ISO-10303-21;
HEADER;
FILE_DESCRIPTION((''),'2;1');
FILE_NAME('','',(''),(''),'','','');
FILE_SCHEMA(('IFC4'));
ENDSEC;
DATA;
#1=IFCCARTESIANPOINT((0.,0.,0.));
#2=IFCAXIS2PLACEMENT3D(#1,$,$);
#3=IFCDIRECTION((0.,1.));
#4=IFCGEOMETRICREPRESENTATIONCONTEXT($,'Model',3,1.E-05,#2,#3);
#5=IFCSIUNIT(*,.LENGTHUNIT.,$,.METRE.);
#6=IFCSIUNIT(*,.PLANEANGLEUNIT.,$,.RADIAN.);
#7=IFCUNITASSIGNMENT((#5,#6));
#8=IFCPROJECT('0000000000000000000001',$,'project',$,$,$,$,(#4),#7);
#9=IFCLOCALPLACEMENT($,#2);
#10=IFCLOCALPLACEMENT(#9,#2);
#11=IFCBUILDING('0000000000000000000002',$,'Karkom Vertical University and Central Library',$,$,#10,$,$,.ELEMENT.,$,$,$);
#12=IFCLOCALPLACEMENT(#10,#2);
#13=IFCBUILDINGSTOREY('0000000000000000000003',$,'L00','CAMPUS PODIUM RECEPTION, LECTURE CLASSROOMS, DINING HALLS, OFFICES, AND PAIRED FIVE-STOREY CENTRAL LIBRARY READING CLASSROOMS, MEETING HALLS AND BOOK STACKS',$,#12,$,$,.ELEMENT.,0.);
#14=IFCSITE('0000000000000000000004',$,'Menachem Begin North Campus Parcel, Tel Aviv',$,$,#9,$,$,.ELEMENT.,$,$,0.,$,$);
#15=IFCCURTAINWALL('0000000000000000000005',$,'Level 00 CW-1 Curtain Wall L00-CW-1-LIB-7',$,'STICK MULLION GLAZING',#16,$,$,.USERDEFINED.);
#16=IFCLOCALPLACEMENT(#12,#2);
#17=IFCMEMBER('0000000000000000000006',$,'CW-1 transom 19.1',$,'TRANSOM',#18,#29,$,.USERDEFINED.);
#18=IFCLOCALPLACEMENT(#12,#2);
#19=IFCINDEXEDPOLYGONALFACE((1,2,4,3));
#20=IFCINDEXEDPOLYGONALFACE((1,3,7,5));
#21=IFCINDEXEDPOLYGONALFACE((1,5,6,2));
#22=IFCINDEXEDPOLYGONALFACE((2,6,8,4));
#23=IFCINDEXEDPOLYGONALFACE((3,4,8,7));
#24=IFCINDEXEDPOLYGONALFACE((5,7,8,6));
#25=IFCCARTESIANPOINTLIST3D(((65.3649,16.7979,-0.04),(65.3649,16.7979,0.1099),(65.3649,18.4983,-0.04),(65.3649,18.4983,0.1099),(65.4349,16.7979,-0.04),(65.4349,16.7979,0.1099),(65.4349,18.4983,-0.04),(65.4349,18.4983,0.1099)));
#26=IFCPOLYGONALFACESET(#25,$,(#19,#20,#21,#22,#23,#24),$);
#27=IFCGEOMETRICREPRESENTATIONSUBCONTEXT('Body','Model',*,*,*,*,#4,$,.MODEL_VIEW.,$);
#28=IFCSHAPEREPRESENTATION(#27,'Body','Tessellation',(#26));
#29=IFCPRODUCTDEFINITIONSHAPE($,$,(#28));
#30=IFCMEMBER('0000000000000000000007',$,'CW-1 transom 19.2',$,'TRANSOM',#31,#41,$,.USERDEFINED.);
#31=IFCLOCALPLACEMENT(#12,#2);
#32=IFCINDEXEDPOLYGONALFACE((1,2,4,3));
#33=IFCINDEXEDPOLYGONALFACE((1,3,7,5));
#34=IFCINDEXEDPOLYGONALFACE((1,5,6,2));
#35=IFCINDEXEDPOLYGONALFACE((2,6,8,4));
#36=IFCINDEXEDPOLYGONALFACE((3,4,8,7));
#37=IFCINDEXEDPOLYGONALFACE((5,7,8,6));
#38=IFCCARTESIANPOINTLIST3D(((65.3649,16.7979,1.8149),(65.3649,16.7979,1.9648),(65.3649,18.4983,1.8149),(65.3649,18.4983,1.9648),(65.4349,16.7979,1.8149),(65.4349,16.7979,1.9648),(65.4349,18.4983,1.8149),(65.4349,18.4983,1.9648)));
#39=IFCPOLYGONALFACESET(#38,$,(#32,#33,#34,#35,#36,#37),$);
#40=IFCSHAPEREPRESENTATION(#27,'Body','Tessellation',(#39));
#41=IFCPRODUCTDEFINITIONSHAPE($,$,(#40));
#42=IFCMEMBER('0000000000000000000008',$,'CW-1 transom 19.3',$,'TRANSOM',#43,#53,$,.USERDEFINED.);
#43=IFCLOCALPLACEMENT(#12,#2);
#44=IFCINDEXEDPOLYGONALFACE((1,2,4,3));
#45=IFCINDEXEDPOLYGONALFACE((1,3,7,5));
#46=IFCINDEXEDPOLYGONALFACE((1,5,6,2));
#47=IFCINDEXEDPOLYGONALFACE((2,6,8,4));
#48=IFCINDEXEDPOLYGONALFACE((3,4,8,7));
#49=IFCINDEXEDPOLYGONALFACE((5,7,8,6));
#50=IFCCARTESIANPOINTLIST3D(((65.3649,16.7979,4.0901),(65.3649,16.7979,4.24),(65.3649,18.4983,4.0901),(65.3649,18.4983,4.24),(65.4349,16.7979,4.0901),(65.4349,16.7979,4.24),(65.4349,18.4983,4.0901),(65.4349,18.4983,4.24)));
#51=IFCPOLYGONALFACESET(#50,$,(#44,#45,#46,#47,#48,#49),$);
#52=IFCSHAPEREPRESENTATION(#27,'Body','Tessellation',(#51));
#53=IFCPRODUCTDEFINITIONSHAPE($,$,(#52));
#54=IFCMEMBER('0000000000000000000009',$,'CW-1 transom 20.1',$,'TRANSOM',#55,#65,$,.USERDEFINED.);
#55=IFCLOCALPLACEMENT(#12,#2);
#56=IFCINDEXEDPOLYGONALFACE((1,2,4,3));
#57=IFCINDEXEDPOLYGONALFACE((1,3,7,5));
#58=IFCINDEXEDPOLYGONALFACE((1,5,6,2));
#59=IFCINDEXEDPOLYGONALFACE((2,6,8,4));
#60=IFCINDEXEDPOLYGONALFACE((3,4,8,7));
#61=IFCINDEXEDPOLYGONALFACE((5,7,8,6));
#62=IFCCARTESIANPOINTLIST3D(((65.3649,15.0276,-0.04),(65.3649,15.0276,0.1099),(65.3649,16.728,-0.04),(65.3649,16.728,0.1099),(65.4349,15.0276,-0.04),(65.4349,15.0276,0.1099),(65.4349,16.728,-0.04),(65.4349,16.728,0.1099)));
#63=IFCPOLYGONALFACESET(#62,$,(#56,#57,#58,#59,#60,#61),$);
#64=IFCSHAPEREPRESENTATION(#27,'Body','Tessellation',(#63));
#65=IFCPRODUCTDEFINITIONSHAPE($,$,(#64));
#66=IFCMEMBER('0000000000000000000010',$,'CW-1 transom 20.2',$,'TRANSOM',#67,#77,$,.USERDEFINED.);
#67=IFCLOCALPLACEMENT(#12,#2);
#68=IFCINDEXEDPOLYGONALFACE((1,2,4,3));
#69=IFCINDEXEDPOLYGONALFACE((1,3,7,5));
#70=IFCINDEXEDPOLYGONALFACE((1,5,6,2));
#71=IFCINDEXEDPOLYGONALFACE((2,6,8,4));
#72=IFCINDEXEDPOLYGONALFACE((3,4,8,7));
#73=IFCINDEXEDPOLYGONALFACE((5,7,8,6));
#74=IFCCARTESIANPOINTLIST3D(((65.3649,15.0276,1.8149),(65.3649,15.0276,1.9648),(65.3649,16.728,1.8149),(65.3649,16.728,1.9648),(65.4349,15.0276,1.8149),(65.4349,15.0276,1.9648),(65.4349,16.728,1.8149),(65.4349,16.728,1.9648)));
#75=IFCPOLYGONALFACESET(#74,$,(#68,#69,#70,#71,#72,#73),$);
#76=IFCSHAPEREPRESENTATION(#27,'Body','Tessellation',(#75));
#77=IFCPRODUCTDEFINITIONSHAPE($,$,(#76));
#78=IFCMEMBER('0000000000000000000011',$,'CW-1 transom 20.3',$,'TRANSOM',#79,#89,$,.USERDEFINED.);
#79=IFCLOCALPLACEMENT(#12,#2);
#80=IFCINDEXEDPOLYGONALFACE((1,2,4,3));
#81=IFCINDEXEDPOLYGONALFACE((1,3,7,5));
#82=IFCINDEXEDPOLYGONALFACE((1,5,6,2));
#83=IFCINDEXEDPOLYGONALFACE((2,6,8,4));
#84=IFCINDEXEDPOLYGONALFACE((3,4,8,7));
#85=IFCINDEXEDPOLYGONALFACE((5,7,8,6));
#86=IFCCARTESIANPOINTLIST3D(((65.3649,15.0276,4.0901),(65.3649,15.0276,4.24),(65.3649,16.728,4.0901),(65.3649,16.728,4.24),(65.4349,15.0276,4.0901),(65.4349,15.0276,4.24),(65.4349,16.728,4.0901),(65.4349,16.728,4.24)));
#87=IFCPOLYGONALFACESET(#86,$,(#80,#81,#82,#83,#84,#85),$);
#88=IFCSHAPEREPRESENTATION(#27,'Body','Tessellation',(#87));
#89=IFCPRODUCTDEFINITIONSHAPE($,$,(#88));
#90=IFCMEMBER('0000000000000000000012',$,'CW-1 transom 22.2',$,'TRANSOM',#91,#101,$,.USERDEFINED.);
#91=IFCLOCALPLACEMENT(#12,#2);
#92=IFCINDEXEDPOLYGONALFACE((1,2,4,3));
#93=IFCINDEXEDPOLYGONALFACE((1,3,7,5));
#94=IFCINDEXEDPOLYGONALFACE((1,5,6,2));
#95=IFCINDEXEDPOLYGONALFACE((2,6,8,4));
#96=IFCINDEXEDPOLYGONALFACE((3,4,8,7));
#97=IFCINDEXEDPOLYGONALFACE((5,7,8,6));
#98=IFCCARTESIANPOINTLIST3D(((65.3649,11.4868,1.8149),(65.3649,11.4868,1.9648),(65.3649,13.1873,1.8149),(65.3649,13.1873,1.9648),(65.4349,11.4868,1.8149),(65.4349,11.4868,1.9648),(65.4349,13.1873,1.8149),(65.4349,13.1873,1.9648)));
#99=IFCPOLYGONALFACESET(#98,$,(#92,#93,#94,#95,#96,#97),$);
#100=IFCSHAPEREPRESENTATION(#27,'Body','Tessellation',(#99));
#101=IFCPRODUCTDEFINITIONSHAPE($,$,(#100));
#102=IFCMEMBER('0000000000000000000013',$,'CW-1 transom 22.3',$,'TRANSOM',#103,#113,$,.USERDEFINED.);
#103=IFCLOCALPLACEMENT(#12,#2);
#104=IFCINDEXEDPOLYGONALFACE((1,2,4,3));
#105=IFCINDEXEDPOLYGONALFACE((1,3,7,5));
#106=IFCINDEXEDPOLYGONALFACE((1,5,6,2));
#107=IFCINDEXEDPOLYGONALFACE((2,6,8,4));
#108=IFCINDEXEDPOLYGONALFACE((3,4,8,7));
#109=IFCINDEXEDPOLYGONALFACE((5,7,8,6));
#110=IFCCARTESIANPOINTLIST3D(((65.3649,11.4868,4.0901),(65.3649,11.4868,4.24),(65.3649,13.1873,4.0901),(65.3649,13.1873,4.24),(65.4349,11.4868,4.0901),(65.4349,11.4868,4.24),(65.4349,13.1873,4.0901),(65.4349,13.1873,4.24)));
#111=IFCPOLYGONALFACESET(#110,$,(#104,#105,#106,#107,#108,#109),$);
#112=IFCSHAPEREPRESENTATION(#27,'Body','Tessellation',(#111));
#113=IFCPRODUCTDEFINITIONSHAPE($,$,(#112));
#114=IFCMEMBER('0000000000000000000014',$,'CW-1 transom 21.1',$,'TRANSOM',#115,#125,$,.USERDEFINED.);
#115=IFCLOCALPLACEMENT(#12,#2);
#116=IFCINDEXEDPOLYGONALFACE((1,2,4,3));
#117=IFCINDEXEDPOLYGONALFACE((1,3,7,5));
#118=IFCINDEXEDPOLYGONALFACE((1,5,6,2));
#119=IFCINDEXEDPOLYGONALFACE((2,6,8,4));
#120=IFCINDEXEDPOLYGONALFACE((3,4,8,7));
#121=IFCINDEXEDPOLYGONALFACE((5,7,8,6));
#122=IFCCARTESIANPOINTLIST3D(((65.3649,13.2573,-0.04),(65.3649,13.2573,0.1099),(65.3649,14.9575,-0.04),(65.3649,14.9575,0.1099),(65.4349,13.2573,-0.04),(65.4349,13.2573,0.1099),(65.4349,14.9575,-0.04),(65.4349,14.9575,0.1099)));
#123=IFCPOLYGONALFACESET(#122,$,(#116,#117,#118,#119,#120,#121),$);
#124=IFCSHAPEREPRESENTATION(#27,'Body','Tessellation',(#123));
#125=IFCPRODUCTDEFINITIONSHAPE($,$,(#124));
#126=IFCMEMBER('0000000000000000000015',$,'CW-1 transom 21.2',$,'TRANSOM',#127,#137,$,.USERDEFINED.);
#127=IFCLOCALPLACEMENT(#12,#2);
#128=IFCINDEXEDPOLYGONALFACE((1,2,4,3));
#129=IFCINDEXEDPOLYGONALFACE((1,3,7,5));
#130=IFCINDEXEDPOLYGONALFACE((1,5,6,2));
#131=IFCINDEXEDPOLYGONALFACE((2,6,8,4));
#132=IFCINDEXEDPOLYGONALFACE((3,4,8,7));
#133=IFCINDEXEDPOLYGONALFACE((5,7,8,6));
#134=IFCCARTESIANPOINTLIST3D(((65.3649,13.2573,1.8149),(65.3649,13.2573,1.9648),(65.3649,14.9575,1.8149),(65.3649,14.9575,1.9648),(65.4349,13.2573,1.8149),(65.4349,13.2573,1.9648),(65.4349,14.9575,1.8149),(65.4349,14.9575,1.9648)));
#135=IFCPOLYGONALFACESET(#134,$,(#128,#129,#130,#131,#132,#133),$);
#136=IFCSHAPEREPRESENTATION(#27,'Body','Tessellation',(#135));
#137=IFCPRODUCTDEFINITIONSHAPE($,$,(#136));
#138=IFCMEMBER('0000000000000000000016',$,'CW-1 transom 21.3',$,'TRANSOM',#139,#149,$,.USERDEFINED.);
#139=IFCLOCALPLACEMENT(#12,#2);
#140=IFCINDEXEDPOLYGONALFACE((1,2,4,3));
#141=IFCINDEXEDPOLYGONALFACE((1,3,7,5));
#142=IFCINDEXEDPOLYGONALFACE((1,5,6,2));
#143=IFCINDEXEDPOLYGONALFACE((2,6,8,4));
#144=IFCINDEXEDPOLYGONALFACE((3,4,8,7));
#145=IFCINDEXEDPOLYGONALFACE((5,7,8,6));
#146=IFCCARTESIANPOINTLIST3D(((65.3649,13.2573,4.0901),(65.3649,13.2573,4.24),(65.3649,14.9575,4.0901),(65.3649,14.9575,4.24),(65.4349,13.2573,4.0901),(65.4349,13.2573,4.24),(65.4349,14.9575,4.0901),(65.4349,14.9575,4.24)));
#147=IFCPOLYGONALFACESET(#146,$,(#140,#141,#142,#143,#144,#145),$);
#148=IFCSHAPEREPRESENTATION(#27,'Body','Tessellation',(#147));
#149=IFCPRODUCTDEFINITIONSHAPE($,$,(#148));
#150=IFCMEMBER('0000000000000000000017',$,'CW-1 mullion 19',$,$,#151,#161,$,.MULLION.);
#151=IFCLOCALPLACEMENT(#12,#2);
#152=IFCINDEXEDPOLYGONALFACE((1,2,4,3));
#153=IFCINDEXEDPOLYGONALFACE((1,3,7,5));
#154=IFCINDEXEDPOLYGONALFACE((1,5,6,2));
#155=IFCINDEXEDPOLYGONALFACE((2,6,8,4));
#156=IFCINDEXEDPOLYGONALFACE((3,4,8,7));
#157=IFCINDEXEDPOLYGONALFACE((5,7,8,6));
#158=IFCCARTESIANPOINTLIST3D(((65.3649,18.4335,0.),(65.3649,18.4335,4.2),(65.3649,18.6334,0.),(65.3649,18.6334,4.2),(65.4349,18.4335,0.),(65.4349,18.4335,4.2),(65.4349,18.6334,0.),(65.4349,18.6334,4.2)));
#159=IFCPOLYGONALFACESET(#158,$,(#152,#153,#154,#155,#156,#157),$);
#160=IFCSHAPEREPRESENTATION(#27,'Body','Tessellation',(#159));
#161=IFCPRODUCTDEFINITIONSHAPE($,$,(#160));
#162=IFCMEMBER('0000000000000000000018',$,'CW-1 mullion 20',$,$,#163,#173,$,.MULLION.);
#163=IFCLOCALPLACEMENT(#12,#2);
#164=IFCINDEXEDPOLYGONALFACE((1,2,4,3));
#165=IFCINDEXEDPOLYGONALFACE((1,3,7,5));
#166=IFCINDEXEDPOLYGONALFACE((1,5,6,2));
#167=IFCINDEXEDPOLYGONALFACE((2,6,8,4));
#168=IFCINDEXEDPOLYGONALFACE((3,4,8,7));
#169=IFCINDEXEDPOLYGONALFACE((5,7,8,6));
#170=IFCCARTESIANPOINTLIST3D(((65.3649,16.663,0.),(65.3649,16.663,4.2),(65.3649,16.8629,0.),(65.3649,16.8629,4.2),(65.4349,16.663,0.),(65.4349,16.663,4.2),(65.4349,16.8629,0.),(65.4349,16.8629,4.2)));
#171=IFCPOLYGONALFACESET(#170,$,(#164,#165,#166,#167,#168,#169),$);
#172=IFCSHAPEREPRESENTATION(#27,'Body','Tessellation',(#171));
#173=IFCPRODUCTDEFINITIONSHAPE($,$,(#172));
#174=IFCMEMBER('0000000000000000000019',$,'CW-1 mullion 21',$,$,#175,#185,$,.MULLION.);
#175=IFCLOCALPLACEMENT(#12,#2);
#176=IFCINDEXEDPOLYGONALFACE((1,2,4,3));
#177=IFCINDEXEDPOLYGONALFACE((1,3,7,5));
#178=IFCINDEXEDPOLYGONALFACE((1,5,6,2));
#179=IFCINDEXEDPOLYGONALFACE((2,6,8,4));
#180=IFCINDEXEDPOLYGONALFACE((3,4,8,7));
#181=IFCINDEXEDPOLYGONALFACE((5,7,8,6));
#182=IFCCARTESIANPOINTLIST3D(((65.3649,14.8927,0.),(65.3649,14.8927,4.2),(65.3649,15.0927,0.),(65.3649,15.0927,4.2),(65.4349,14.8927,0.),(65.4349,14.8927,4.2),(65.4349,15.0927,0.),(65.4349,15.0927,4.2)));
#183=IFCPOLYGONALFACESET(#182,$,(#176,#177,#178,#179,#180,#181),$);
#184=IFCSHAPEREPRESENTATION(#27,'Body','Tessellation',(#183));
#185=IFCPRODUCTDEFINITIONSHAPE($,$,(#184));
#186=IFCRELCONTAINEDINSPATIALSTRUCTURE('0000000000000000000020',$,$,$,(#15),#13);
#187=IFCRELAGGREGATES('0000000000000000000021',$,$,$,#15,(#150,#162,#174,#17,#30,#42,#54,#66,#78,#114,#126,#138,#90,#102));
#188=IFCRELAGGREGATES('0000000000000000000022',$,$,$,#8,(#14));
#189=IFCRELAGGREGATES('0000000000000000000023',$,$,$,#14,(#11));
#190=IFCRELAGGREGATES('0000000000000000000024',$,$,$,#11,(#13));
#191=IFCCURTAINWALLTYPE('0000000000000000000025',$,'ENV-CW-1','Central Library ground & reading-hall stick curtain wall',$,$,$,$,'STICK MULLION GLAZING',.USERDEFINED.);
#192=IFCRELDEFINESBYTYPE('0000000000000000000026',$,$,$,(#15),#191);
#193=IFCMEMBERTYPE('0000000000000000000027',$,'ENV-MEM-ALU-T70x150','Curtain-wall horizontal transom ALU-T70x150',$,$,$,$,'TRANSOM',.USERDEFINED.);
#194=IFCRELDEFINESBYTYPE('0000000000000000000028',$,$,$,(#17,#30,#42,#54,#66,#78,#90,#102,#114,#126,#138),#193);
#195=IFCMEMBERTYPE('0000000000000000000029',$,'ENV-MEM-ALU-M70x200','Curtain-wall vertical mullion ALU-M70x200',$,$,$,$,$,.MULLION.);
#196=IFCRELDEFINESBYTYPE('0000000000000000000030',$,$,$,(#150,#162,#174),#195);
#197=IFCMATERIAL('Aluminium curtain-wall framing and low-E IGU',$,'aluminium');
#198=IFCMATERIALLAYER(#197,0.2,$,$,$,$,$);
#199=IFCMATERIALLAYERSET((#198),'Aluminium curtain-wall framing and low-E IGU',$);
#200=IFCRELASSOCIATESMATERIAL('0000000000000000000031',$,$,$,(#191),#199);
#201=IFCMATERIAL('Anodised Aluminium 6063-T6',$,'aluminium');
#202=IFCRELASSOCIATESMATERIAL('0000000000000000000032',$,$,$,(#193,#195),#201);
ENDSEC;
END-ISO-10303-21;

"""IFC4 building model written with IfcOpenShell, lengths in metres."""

from ifc_helpers import new_model, si_unit, direction, frame, origin, origin_with_axes, origin_2d, place, context, subcontext, project, spatial, rectangle, extrude, source, transform, mapped, material, layer, layer_set, material_profile, profile_set, type_object, element, aggregate, save


model = new_model("IFC4")

# Units and contexts
model_context = context("Model", 3, precision=1e-05, world=origin(), true_north=direction((0.0, 1.0)))
body_context = subcontext(model_context, "Body", "Model", "MODEL_VIEW")
ifc_project = project(units=[si_unit("LENGTHUNIT", "METRE"), si_unit("PLANEANGLEUNIT", "RADIAN")], contexts=[model_context])

# Site, building, storey
site_placement = place(None, origin())
site = spatial("IfcSite", under=ifc_project, at=site_placement, Name="Menachem Begin North Campus Parcel, Tel Aviv", CompositionType="ELEMENT", RefElevation=0.0)
building_placement = place(site_placement, origin())
building = spatial("IfcBuilding", under=site, at=building_placement, Name="Karkom Vertical University and Central Library", CompositionType="ELEMENT")
storey_placement = place(building_placement, origin())
storey = spatial("IfcBuildingStorey", under=building, at=storey_placement, Name="L00", Description="CAMPUS PODIUM RECEPTION, LECTURE CLASSROOMS, DINING HALLS, OFFICES, AND PAIRED FIVE-STOREY CENTRAL LIBRARY READING CLASSROOMS, MEETING HALLS AND BOOK STACKS", CompositionType="ELEMENT", Elevation=0.0)

# Curtain wall, members
ifc_material_1 = material(Name="Aluminium curtain-wall framing and low-E IGU", Category="aluminium")
ifc_layer_1 = layer(ifc_material_1, 0.2)
ifc_layer_set_1 = layer_set([ifc_layer_1], Name="Aluminium curtain-wall framing and low-E IGU")
curtain_wall_type = type_object("IfcCurtainWallType", Name="ENV-CW-1", Description="Central Library ground & reading-hall stick curtain wall", ElementType="STICK MULLION GLAZING", PredefinedType="USERDEFINED", material=ifc_layer_set_1)
curtain_wall_placement = place(storey_placement, origin())
curtain_wall = element("IfcCurtainWall", 1, at=curtain_wall_placement, inside=storey, type_object=curtain_wall_type, Name="Level 00 CW-1 Curtain Wall L00-CW-1-LIB-7", ObjectType="STICK MULLION GLAZING", PredefinedType="USERDEFINED")
ifc_material_2 = material(Name="Anodised Aluminium 6063-T6", Category="aluminium")
ifc_material_profile_1 = material_profile(ifc_material_2, rectangle(XDim=0.0701, YDim=0.1499, at=origin_2d()), Name="ALU-T70x150")
ifc_profile_set_1 = profile_set([ifc_material_profile_1], Name="Anodised Aluminium 6063-T6")
member_type_1 = type_object("IfcMemberType", Name="ENV-MEM-ALU-T70x150", Description="Curtain-wall horizontal transom ALU-T70x150", ElementType="TRANSOM", PredefinedType="USERDEFINED", material=ifc_profile_set_1)
shared_shape_1 = source(origin_with_axes(), body_context, "Body", "SweptSolid", [
    extrude(rectangle(XDim=0.0701, YDim=0.1499, at=origin_2d()), origin(), (0.0, 0.0, 1.0), 1.7004),
])
member_1_placement = place(storey_placement, frame((65.3999, 18.4983, 0.0349), z_axis=(0.0, -1.0, 0.0), x_axis=(1.0, 0.0, 0.0)))
member_1 = element("IfcMember", 2, at=member_1_placement, type_object=member_type_1, Name="CW-1 transom 19.1", ObjectType="TRANSOM", PredefinedType="USERDEFINED", context=body_context, shape_type="MappedRepresentation", body=[
    mapped(shared_shape_1, transform((0.0, 0.0, 0.0), scale=1.0)),
])
member_2_placement = place(storey_placement, frame((65.3999, 18.4983, 1.8899), z_axis=(0.0, -1.0, 0.0), x_axis=(1.0, 0.0, 0.0)))
member_2 = element("IfcMember", 3, at=member_2_placement, type_object=member_type_1, Name="CW-1 transom 19.2", ObjectType="TRANSOM", PredefinedType="USERDEFINED", context=body_context, shape_type="MappedRepresentation", body=[
    mapped(shared_shape_1, transform((0.0, 0.0, 0.0), scale=1.0)),
])
member_3_placement = place(storey_placement, frame((65.3999, 18.4983, 4.165), z_axis=(0.0, -1.0, 0.0), x_axis=(1.0, 0.0, 0.0)))
member_3 = element("IfcMember", 4, at=member_3_placement, type_object=member_type_1, Name="CW-1 transom 19.3", ObjectType="TRANSOM", PredefinedType="USERDEFINED", context=body_context, shape_type="MappedRepresentation", body=[
    mapped(shared_shape_1, transform((0.0, 0.0, 0.0), scale=1.0)),
])
member_4_placement = place(storey_placement, frame((65.3999, 16.728, 0.0349), z_axis=(0.0, -1.0, 0.0), x_axis=(1.0, 0.0, 0.0)))
member_4 = element("IfcMember", 5, at=member_4_placement, type_object=member_type_1, Name="CW-1 transom 20.1", ObjectType="TRANSOM", PredefinedType="USERDEFINED", context=body_context, shape_type="MappedRepresentation", body=[
    mapped(shared_shape_1, transform((0.0, 0.0, 0.0), scale=1.0)),
])
member_5_placement = place(storey_placement, frame((65.3999, 16.728, 1.8899), z_axis=(0.0, -1.0, 0.0), x_axis=(1.0, 0.0, 0.0)))
member_5 = element("IfcMember", 6, at=member_5_placement, type_object=member_type_1, Name="CW-1 transom 20.2", ObjectType="TRANSOM", PredefinedType="USERDEFINED", context=body_context, shape_type="MappedRepresentation", body=[
    mapped(shared_shape_1, transform((0.0, 0.0, 0.0), scale=1.0)),
])
member_6_placement = place(storey_placement, frame((65.3999, 16.728, 4.165), z_axis=(0.0, -1.0, 0.0), x_axis=(1.0, 0.0, 0.0)))
member_6 = element("IfcMember", 7, at=member_6_placement, type_object=member_type_1, Name="CW-1 transom 20.3", ObjectType="TRANSOM", PredefinedType="USERDEFINED", context=body_context, shape_type="MappedRepresentation", body=[
    mapped(shared_shape_1, transform((0.0, 0.0, 0.0), scale=1.0)),
])
member_7_placement = place(storey_placement, frame((65.3999, 13.1873, 1.8899), z_axis=(0.0, -1.0, 0.0), x_axis=(1.0, 0.0, 0.0)))
member_7 = element("IfcMember", 8, at=member_7_placement, type_object=member_type_1, Name="CW-1 transom 22.2", ObjectType="TRANSOM", PredefinedType="USERDEFINED", context=body_context, shape_type="MappedRepresentation", body=[
    mapped(shared_shape_1, transform((0.0, 0.0, 0.0), scale=1.0)),
])
member_8_placement = place(storey_placement, frame((65.3999, 13.1873, 4.165), z_axis=(0.0, -1.0, 0.0), x_axis=(1.0, 0.0, 0.0)))
member_8 = element("IfcMember", 9, at=member_8_placement, type_object=member_type_1, Name="CW-1 transom 22.3", ObjectType="TRANSOM", PredefinedType="USERDEFINED", context=body_context, shape_type="MappedRepresentation", body=[
    mapped(shared_shape_1, transform((0.0, 0.0, 0.0), scale=1.0)),
])
shared_shape_2 = source(origin_with_axes(), body_context, "Body", "SweptSolid", [
    extrude(rectangle(XDim=0.0701, YDim=0.1499, at=origin_2d()), origin(), (0.0, 0.0, 1.0), 1.7002),
])
member_9_placement = place(storey_placement, frame((65.3999, 14.9575, 0.0349), z_axis=(0.0, -1.0, 0.0), x_axis=(1.0, 0.0, 0.0)))
member_9 = element("IfcMember", 10, at=member_9_placement, type_object=member_type_1, Name="CW-1 transom 21.1", ObjectType="TRANSOM", PredefinedType="USERDEFINED", context=body_context, shape_type="MappedRepresentation", body=[
    mapped(shared_shape_2, transform((0.0, 0.0, 0.0), scale=1.0)),
])
member_10_placement = place(storey_placement, frame((65.3999, 14.9575, 1.8899), z_axis=(0.0, -1.0, 0.0), x_axis=(1.0, 0.0, 0.0)))
member_10 = element("IfcMember", 11, at=member_10_placement, type_object=member_type_1, Name="CW-1 transom 21.2", ObjectType="TRANSOM", PredefinedType="USERDEFINED", context=body_context, shape_type="MappedRepresentation", body=[
    mapped(shared_shape_2, transform((0.0, 0.0, 0.0), scale=1.0)),
])
member_11_placement = place(storey_placement, frame((65.3999, 14.9575, 4.165), z_axis=(0.0, -1.0, 0.0), x_axis=(1.0, 0.0, 0.0)))
member_11 = element("IfcMember", 12, at=member_11_placement, type_object=member_type_1, Name="CW-1 transom 21.3", ObjectType="TRANSOM", PredefinedType="USERDEFINED", context=body_context, shape_type="MappedRepresentation", body=[
    mapped(shared_shape_2, transform((0.0, 0.0, 0.0), scale=1.0)),
])
ifc_material_profile_2 = material_profile(ifc_material_2, rectangle(XDim=0.0701, YDim=0.2, at=origin_2d()), Name="ALU-M70x200")
ifc_profile_set_2 = profile_set([ifc_material_profile_2], Name="Anodised Aluminium 6063-T6")
member_type_2 = type_object("IfcMemberType", Name="ENV-MEM-ALU-M70x200", Description="Curtain-wall vertical mullion ALU-M70x200", PredefinedType="MULLION", material=ifc_profile_set_2)
shared_shape_3 = source(origin_with_axes(), body_context, "Body", "SweptSolid", [
    extrude(rectangle(XDim=0.0701, YDim=0.2, at=origin_2d()), origin(), (0.0, 0.0, 1.0), 4.2),
])
member_12_placement = place(storey_placement, frame((65.3999, 18.5334, 0.0), z_axis=(0.0, 0.0, 1.0), x_axis=(1.0, 0.0, 0.0)))
member_12 = element("IfcMember", 13, at=member_12_placement, type_object=member_type_2, Name="CW-1 mullion 19", PredefinedType="MULLION", context=body_context, shape_type="MappedRepresentation", body=[
    mapped(shared_shape_3, transform((0.0, 0.0, 0.0), scale=1.0)),
])
member_13_placement = place(storey_placement, frame((65.3999, 16.7629, 0.0), z_axis=(0.0, 0.0, 1.0), x_axis=(1.0, 0.0, 0.0)))
member_13 = element("IfcMember", 14, at=member_13_placement, type_object=member_type_2, Name="CW-1 mullion 20", PredefinedType="MULLION", context=body_context, shape_type="MappedRepresentation", body=[
    mapped(shared_shape_3, transform((0.0, 0.0, 0.0), scale=1.0)),
])
member_14_placement = place(storey_placement, frame((65.3999, 14.9927, 0.0), z_axis=(0.0, 0.0, 1.0), x_axis=(1.0, 0.0, 0.0)))
member_14 = element("IfcMember", 15, at=member_14_placement, type_object=member_type_2, Name="CW-1 mullion 21", PredefinedType="MULLION", context=body_context, shape_type="MappedRepresentation", body=[
    mapped(shared_shape_3, transform((0.0, 0.0, 0.0), scale=1.0)),
])
aggregate(curtain_wall, [member_12, member_13, member_14, member_1, member_2, member_3, member_4, member_5, member_6, member_9, member_10, member_11, member_7, member_8])

save(model, "model.ifc")
